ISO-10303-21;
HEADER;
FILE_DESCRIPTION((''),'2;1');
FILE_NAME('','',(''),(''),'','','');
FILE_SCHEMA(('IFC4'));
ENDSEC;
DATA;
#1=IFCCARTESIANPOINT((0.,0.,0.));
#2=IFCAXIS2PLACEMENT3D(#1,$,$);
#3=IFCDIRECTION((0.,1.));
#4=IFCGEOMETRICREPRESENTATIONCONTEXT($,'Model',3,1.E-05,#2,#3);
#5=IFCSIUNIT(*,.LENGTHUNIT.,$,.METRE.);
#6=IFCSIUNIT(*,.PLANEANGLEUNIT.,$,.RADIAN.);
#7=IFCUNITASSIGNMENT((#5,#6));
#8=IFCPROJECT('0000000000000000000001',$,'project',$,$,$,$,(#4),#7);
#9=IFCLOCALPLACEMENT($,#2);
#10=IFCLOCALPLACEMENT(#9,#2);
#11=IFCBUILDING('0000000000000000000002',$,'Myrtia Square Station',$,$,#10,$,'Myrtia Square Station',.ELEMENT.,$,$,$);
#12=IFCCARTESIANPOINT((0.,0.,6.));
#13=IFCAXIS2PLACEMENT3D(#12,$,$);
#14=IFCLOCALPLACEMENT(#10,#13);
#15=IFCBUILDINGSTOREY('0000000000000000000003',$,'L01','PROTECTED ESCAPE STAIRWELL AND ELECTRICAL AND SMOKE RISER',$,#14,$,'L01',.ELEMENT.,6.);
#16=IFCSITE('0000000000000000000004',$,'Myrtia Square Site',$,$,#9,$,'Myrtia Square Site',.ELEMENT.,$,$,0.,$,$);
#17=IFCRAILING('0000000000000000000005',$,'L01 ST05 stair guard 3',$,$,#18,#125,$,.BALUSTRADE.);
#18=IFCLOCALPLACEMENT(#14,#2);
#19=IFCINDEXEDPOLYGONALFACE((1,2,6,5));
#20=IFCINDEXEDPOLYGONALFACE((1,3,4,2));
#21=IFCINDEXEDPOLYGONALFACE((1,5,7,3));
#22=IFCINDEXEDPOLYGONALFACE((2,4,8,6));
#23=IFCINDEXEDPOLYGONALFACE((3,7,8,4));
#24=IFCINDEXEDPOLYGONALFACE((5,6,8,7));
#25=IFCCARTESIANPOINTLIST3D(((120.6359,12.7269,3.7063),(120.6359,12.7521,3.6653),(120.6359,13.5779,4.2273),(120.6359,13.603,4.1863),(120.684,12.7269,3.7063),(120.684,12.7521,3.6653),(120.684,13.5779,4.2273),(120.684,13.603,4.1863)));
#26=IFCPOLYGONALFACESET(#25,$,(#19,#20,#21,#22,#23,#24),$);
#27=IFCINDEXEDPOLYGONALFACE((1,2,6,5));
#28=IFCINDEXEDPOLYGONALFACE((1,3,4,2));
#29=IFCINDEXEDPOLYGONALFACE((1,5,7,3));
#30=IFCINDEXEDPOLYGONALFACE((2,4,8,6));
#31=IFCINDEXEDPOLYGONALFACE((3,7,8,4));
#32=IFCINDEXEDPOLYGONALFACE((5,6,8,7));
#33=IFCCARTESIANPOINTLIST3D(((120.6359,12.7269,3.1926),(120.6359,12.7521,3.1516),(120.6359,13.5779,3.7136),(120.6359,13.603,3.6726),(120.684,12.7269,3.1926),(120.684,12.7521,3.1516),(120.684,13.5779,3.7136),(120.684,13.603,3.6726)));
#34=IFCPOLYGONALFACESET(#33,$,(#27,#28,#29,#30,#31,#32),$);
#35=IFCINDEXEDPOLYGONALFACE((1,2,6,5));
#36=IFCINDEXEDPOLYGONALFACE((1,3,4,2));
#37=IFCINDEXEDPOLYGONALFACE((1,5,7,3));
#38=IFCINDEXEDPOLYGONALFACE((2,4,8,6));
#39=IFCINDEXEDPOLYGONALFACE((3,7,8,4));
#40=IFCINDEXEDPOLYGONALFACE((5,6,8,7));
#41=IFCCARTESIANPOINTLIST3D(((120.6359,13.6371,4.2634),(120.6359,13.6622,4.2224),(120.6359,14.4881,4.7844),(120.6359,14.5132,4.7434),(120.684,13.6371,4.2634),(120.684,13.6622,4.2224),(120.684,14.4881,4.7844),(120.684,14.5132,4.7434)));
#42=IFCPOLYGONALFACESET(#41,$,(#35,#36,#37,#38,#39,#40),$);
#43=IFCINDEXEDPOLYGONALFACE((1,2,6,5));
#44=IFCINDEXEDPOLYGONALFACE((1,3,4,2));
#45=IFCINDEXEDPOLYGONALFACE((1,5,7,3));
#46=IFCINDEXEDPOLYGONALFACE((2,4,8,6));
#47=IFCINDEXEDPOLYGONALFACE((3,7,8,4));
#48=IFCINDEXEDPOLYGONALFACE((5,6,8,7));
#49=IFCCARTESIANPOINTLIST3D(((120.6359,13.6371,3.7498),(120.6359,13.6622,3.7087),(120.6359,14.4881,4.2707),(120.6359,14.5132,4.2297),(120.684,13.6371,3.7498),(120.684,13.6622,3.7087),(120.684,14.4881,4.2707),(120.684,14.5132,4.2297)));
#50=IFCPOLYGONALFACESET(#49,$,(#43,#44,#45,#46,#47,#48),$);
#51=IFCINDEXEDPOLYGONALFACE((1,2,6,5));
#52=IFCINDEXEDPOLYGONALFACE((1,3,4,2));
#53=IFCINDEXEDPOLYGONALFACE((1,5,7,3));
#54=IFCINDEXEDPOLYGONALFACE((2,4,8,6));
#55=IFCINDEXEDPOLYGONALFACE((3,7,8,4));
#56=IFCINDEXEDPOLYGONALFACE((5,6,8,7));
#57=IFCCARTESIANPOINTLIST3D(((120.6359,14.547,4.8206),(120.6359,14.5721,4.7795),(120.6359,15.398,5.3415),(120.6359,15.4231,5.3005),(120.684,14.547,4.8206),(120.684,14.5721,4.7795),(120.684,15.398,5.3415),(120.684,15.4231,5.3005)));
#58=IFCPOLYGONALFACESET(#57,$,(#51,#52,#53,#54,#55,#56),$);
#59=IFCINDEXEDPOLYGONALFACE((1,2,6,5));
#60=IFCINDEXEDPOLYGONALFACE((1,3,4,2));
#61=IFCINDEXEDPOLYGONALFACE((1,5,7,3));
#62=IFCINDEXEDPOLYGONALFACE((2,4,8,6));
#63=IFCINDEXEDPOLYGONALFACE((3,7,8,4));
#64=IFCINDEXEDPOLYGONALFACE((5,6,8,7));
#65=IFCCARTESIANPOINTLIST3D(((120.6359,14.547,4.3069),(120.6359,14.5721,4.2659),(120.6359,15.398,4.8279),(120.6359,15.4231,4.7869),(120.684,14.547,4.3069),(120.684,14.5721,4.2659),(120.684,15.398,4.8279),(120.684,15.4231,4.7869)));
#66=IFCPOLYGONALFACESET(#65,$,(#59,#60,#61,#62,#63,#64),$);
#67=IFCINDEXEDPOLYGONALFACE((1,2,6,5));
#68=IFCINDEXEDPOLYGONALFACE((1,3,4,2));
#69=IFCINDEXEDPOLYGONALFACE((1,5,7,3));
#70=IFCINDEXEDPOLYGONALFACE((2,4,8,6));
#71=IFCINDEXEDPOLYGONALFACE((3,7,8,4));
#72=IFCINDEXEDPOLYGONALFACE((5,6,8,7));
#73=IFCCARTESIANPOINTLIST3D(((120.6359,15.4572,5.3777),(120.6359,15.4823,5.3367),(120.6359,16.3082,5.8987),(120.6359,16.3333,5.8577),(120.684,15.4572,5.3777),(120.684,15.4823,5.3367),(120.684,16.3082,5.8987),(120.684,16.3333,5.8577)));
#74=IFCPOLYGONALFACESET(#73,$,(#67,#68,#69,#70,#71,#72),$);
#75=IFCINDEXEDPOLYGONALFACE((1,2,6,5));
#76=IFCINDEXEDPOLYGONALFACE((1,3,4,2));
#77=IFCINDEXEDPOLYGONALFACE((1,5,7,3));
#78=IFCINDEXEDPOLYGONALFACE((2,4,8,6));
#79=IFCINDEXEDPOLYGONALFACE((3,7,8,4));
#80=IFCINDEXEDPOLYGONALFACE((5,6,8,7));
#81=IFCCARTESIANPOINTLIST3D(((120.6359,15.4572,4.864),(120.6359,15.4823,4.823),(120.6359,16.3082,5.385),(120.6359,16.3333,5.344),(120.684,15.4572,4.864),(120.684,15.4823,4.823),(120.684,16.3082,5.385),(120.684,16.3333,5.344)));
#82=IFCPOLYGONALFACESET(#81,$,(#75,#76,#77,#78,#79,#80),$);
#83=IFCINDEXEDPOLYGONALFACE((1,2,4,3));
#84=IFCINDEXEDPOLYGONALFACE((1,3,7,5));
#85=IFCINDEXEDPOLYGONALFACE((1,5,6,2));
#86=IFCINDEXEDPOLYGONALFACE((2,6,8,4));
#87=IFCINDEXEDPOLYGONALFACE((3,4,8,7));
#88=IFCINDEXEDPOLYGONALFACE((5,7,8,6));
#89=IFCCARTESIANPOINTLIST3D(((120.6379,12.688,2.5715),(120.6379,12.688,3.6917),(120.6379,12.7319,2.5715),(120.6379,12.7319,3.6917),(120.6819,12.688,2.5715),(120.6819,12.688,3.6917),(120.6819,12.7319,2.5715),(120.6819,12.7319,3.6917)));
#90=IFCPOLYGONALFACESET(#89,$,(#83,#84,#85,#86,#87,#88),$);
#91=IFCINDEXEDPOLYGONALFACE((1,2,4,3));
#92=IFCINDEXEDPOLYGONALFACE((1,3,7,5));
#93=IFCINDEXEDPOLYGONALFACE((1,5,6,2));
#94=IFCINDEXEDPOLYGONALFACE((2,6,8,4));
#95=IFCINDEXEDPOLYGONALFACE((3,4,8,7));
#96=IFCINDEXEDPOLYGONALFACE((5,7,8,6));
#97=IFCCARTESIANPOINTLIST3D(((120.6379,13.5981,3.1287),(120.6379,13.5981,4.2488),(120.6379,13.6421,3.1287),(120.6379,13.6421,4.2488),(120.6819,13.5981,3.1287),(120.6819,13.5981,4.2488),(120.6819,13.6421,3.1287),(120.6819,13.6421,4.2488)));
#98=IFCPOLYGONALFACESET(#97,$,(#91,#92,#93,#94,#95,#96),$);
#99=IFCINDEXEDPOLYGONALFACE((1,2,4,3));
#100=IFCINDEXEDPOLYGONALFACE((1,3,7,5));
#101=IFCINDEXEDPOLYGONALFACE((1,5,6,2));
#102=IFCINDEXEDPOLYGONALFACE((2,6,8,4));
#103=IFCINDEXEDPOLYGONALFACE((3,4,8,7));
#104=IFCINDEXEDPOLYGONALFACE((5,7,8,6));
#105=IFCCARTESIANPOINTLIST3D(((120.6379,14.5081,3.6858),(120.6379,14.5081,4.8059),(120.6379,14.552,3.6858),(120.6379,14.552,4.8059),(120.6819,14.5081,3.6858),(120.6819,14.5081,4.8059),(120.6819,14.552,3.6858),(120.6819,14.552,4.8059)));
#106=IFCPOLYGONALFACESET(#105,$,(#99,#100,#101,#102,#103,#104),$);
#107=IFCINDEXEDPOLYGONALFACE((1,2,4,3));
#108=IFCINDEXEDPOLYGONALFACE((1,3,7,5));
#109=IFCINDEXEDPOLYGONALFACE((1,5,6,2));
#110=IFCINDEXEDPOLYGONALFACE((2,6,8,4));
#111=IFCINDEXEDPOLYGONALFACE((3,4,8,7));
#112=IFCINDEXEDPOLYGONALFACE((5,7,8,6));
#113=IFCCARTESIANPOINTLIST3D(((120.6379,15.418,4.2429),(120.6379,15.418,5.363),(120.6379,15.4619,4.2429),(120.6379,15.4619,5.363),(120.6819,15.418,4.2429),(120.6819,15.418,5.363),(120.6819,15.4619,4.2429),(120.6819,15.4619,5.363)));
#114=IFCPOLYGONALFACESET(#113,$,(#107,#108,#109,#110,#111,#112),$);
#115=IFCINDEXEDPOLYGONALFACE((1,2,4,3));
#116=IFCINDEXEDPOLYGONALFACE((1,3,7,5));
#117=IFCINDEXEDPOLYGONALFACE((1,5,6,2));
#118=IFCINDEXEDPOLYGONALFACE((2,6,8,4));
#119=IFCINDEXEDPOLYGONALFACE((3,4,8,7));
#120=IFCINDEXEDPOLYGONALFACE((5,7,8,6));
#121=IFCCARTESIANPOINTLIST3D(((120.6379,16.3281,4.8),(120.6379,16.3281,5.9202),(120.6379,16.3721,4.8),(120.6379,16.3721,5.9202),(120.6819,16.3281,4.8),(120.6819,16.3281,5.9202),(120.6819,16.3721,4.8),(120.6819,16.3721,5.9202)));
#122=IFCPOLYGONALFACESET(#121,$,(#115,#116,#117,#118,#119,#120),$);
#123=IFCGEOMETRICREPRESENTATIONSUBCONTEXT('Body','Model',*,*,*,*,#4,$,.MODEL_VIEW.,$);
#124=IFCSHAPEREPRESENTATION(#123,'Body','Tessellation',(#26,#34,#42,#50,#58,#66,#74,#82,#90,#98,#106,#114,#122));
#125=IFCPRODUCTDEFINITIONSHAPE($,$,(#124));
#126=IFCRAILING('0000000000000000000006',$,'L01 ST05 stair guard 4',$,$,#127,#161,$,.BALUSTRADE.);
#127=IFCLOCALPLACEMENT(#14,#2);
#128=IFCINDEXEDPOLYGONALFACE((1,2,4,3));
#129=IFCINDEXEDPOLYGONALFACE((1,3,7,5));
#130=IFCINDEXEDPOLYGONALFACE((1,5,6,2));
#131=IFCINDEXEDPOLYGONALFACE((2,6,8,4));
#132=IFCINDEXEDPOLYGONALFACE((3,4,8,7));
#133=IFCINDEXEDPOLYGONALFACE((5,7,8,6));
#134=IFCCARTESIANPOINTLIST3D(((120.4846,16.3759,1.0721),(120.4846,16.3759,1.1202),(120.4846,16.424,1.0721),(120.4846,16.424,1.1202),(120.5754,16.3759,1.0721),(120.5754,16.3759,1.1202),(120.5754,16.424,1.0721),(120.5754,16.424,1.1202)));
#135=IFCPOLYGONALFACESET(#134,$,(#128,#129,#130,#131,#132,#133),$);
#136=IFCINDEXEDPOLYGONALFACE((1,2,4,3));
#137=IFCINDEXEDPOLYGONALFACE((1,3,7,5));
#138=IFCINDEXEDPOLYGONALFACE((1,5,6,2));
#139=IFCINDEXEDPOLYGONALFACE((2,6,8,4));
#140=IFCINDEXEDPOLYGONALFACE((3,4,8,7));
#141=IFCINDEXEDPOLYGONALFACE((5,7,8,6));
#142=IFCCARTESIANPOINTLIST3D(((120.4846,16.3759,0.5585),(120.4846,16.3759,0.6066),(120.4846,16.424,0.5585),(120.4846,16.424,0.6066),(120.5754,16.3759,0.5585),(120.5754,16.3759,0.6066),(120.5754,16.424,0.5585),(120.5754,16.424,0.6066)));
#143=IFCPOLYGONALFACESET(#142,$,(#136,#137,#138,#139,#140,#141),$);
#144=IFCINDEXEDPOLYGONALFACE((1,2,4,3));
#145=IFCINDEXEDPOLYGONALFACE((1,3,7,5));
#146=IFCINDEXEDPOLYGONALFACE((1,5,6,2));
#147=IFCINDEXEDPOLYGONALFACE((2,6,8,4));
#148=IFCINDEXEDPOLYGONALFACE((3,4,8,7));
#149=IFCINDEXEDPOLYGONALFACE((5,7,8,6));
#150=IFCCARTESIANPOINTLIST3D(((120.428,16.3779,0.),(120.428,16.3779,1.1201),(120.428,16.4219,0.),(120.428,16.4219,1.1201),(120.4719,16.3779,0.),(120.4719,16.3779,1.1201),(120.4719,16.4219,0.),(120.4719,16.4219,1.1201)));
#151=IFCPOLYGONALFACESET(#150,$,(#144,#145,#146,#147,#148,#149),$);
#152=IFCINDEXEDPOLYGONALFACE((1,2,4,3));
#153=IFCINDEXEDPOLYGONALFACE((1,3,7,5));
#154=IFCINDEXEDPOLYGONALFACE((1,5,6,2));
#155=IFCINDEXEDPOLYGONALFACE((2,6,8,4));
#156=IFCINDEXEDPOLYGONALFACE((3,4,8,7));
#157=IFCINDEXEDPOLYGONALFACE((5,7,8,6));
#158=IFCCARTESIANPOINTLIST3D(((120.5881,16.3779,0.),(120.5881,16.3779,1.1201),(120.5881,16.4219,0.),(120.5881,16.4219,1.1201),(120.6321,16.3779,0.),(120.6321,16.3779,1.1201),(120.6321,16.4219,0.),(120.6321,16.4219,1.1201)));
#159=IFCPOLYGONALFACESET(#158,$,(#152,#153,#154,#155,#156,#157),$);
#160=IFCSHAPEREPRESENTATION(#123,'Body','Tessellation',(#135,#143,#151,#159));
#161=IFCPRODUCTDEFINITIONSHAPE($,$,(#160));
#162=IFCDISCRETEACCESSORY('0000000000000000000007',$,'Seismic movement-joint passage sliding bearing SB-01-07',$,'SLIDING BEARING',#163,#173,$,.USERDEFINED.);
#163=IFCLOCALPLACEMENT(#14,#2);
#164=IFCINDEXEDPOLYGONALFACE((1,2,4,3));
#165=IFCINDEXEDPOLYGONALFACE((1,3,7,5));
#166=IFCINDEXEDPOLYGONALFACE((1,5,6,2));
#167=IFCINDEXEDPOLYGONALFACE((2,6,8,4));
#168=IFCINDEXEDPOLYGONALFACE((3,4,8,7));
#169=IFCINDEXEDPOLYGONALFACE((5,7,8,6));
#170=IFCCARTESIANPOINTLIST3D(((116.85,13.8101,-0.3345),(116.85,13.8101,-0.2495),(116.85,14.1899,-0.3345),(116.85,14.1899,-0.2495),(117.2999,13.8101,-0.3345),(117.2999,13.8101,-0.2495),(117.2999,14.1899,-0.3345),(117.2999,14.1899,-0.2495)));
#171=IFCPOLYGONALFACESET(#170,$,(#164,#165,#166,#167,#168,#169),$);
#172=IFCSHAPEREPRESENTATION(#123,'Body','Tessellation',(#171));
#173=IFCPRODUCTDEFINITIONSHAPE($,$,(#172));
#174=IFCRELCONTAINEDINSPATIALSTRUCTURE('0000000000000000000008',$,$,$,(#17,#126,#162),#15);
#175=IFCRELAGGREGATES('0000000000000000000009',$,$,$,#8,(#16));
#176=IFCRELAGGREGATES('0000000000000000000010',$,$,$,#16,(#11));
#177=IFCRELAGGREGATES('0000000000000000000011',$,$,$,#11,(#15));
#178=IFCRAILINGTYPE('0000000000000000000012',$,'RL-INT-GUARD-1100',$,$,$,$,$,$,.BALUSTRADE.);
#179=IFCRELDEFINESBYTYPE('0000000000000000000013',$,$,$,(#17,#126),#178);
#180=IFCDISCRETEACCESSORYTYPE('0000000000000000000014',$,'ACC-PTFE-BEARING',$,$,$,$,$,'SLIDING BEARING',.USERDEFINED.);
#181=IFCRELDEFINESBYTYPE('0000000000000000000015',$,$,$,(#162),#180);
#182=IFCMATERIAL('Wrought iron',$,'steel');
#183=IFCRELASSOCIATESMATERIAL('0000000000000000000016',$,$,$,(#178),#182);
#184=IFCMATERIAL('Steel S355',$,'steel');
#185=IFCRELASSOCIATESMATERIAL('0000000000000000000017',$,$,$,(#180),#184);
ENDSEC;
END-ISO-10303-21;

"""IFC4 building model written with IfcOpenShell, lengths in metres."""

from ifc_helpers import new_model, si_unit, direction, frame, origin, origin_2d, place, context, subcontext, project, spatial, rectangle, extrude, material, type_object, element, save


model = new_model("IFC4")

# Units and contexts
model_context = context("Model", 3, precision=1e-05, world=origin(), true_north=direction((0.0, 1.0)))
body_context = subcontext(model_context, "Body", "Model", "MODEL_VIEW")
ifc_project = project(units=[si_unit("LENGTHUNIT", "METRE"), si_unit("PLANEANGLEUNIT", "RADIAN")], contexts=[model_context])

# Site, building, storey
site_placement = place(None, origin())
site = spatial("IfcSite", under=ifc_project, at=site_placement, Name="Myrtia Square Site", LongName="Myrtia Square Site", CompositionType="ELEMENT", RefElevation=0.0)
building_placement = place(site_placement, origin())
building = spatial("IfcBuilding", under=site, at=building_placement, Name="Myrtia Square Station", LongName="Myrtia Square Station", CompositionType="ELEMENT")
storey_placement = place(building_placement, frame((0.0, 0.0, 6.0)))
storey = spatial("IfcBuildingStorey", under=building, at=storey_placement, Name="L01", Description="PROTECTED ESCAPE STAIRWELL AND ELECTRICAL AND SMOKE RISER", LongName="L01", CompositionType="ELEMENT", Elevation=6.0)

# Shared definitions
ifc_material_1 = material(Name="Steel S355", Category="steel")

# Railings
ifc_material_2 = material(Name="Wrought iron", Category="steel")
railing_type_1 = type_object("IfcRailingType", Name="RL-INT-GUARD-1100", PredefinedType="BALUSTRADE", material=ifc_material_2)
railing_1_placement = place(storey_placement, frame((120.6599, 12.71, 2.5715)))
element("IfcRailing", 1, at=railing_1_placement, inside=storey, type_object=railing_type_1, Name="L01 ST05 stair guard 3", PredefinedType="BALUSTRADE", context=body_context, shape_type="SweptSolid", body=[
    extrude(rectangle(XDim=0.0481, YDim=0.0481, at=origin_2d()), frame((0.0, 0.0295, 1.1143), z_axis=(0.0, 0.852866, 0.52213), x_axis=(-1.0, 0.0, 0.0)), (0.0, 0.0, 1.0), 0.9978),
    extrude(rectangle(XDim=0.0481, YDim=0.0481, at=origin_2d()), frame((0.0, 0.0295, 0.6006), z_axis=(0.0, 0.852866, 0.52213), x_axis=(-1.0, 0.0, 0.0)), (0.0, 0.0, 1.0), 0.9978),
    extrude(rectangle(XDim=0.0481, YDim=0.0481, at=origin_2d()), frame((0.0, 0.9397, 1.6714), z_axis=(0.0, 0.852866, 0.52213), x_axis=(-1.0, 0.0, 0.0)), (0.0, 0.0, 1.0), 0.9978),
    extrude(rectangle(XDim=0.0481, YDim=0.0481, at=origin_2d()), frame((0.0, 0.9397, 1.1577), z_axis=(0.0, 0.852866, 0.52213), x_axis=(-1.0, 0.0, 0.0)), (0.0, 0.0, 1.0), 0.9978),
    extrude(rectangle(XDim=0.0481, YDim=0.0481, at=origin_2d()), frame((0.0, 1.8496, 2.2285), z_axis=(0.0, 0.852866, 0.52213), x_axis=(-1.0, 0.0, 0.0)), (0.0, 0.0, 1.0), 0.9978),
    extrude(rectangle(XDim=0.0481, YDim=0.0481, at=origin_2d()), frame((0.0, 1.8496, 1.7148), z_axis=(0.0, 0.852866, 0.52213), x_axis=(-1.0, 0.0, 0.0)), (0.0, 0.0, 1.0), 0.9978),
    extrude(rectangle(XDim=0.0481, YDim=0.0481, at=origin_2d()), frame((0.0, 2.7598, 2.7856), z_axis=(0.0, 0.852866, 0.52213), x_axis=(-1.0, 0.0, 0.0)), (0.0, 0.0, 1.0), 0.9978),
    extrude(rectangle(XDim=0.0481, YDim=0.0481, at=origin_2d()), frame((0.0, 2.7598, 2.272), z_axis=(0.0, 0.852866, 0.52213), x_axis=(-1.0, 0.0, 0.0)), (0.0, 0.0, 1.0), 0.9978),
    extrude(rectangle(XDim=0.0439, YDim=0.0439, at=origin_2d()), origin(), (0.0, 0.0, 1.0), 1.1201),
    extrude(rectangle(XDim=0.0439, YDim=0.0439, at=origin_2d()), frame((0.0, 0.9102, 0.5571)), (0.0, 0.0, 1.0), 1.1201),
    extrude(rectangle(XDim=0.0439, YDim=0.0439, at=origin_2d()), frame((0.0, 1.8201, 1.1143)), (0.0, 0.0, 1.0), 1.1201),
    extrude(rectangle(XDim=0.0439, YDim=0.0439, at=origin_2d()), frame((0.0, 2.73, 1.6714)), (0.0, 0.0, 1.0), 1.1201),
    extrude(rectangle(XDim=0.0439, YDim=0.0439, at=origin_2d()), frame((0.0, 3.6401, 2.2285)), (0.0, 0.0, 1.0), 1.1201),
])
railing_2_placement = place(storey_placement, frame((120.45, 16.3999, 0.0)))
element("IfcRailing", 2, at=railing_2_placement, inside=storey, type_object=railing_type_1, Name="L01 ST05 stair guard 4", PredefinedType="BALUSTRADE", context=body_context, shape_type="SweptSolid", body=[
    extrude(rectangle(XDim=0.0481, YDim=0.0481, at=origin_2d()), frame((0.0347, 0.0, 1.0962), z_axis=(1.0, 0.0, 0.0), x_axis=(0.0, 1.0, 0.0)), (0.0, 0.0, 1.0), 0.0908),
    extrude(rectangle(XDim=0.0481, YDim=0.0481, at=origin_2d()), frame((0.0347, 0.0, 0.5825), z_axis=(1.0, 0.0, 0.0), x_axis=(0.0, 1.0, 0.0)), (0.0, 0.0, 1.0), 0.0908),
    extrude(rectangle(XDim=0.0439, YDim=0.0439, at=origin_2d()), origin(), (0.0, 0.0, 1.0), 1.1201),
    extrude(rectangle(XDim=0.0439, YDim=0.0439, at=origin_2d()), frame((0.1602, 0.0, 0.0)), (0.0, 0.0, 1.0), 1.1201),
])

# Discrete accessory
discrete_accessory_type = type_object("IfcDiscreteAccessoryType", Name="ACC-PTFE-BEARING", ElementType="SLIDING BEARING", PredefinedType="USERDEFINED", material=ifc_material_1)
discrete_accessory_placement = place(storey_placement, frame((117.075, 14.0, -0.3345), z_axis=(0.0, 0.0, 1.0), x_axis=(1.0, 0.0, 0.0)))
element("IfcDiscreteAccessory", 3, at=discrete_accessory_placement, inside=storey, type_object=discrete_accessory_type, Name="Seismic movement-joint passage sliding bearing SB-01-07", ObjectType="SLIDING BEARING", PredefinedType="USERDEFINED", context=body_context, shape_type="SweptSolid", body=[
    extrude(rectangle(XDim=0.45, YDim=0.3799, at=origin_2d()), origin(), (0.0, 0.0, 1.0), 0.085),
])

save(model, "model.ifc")
